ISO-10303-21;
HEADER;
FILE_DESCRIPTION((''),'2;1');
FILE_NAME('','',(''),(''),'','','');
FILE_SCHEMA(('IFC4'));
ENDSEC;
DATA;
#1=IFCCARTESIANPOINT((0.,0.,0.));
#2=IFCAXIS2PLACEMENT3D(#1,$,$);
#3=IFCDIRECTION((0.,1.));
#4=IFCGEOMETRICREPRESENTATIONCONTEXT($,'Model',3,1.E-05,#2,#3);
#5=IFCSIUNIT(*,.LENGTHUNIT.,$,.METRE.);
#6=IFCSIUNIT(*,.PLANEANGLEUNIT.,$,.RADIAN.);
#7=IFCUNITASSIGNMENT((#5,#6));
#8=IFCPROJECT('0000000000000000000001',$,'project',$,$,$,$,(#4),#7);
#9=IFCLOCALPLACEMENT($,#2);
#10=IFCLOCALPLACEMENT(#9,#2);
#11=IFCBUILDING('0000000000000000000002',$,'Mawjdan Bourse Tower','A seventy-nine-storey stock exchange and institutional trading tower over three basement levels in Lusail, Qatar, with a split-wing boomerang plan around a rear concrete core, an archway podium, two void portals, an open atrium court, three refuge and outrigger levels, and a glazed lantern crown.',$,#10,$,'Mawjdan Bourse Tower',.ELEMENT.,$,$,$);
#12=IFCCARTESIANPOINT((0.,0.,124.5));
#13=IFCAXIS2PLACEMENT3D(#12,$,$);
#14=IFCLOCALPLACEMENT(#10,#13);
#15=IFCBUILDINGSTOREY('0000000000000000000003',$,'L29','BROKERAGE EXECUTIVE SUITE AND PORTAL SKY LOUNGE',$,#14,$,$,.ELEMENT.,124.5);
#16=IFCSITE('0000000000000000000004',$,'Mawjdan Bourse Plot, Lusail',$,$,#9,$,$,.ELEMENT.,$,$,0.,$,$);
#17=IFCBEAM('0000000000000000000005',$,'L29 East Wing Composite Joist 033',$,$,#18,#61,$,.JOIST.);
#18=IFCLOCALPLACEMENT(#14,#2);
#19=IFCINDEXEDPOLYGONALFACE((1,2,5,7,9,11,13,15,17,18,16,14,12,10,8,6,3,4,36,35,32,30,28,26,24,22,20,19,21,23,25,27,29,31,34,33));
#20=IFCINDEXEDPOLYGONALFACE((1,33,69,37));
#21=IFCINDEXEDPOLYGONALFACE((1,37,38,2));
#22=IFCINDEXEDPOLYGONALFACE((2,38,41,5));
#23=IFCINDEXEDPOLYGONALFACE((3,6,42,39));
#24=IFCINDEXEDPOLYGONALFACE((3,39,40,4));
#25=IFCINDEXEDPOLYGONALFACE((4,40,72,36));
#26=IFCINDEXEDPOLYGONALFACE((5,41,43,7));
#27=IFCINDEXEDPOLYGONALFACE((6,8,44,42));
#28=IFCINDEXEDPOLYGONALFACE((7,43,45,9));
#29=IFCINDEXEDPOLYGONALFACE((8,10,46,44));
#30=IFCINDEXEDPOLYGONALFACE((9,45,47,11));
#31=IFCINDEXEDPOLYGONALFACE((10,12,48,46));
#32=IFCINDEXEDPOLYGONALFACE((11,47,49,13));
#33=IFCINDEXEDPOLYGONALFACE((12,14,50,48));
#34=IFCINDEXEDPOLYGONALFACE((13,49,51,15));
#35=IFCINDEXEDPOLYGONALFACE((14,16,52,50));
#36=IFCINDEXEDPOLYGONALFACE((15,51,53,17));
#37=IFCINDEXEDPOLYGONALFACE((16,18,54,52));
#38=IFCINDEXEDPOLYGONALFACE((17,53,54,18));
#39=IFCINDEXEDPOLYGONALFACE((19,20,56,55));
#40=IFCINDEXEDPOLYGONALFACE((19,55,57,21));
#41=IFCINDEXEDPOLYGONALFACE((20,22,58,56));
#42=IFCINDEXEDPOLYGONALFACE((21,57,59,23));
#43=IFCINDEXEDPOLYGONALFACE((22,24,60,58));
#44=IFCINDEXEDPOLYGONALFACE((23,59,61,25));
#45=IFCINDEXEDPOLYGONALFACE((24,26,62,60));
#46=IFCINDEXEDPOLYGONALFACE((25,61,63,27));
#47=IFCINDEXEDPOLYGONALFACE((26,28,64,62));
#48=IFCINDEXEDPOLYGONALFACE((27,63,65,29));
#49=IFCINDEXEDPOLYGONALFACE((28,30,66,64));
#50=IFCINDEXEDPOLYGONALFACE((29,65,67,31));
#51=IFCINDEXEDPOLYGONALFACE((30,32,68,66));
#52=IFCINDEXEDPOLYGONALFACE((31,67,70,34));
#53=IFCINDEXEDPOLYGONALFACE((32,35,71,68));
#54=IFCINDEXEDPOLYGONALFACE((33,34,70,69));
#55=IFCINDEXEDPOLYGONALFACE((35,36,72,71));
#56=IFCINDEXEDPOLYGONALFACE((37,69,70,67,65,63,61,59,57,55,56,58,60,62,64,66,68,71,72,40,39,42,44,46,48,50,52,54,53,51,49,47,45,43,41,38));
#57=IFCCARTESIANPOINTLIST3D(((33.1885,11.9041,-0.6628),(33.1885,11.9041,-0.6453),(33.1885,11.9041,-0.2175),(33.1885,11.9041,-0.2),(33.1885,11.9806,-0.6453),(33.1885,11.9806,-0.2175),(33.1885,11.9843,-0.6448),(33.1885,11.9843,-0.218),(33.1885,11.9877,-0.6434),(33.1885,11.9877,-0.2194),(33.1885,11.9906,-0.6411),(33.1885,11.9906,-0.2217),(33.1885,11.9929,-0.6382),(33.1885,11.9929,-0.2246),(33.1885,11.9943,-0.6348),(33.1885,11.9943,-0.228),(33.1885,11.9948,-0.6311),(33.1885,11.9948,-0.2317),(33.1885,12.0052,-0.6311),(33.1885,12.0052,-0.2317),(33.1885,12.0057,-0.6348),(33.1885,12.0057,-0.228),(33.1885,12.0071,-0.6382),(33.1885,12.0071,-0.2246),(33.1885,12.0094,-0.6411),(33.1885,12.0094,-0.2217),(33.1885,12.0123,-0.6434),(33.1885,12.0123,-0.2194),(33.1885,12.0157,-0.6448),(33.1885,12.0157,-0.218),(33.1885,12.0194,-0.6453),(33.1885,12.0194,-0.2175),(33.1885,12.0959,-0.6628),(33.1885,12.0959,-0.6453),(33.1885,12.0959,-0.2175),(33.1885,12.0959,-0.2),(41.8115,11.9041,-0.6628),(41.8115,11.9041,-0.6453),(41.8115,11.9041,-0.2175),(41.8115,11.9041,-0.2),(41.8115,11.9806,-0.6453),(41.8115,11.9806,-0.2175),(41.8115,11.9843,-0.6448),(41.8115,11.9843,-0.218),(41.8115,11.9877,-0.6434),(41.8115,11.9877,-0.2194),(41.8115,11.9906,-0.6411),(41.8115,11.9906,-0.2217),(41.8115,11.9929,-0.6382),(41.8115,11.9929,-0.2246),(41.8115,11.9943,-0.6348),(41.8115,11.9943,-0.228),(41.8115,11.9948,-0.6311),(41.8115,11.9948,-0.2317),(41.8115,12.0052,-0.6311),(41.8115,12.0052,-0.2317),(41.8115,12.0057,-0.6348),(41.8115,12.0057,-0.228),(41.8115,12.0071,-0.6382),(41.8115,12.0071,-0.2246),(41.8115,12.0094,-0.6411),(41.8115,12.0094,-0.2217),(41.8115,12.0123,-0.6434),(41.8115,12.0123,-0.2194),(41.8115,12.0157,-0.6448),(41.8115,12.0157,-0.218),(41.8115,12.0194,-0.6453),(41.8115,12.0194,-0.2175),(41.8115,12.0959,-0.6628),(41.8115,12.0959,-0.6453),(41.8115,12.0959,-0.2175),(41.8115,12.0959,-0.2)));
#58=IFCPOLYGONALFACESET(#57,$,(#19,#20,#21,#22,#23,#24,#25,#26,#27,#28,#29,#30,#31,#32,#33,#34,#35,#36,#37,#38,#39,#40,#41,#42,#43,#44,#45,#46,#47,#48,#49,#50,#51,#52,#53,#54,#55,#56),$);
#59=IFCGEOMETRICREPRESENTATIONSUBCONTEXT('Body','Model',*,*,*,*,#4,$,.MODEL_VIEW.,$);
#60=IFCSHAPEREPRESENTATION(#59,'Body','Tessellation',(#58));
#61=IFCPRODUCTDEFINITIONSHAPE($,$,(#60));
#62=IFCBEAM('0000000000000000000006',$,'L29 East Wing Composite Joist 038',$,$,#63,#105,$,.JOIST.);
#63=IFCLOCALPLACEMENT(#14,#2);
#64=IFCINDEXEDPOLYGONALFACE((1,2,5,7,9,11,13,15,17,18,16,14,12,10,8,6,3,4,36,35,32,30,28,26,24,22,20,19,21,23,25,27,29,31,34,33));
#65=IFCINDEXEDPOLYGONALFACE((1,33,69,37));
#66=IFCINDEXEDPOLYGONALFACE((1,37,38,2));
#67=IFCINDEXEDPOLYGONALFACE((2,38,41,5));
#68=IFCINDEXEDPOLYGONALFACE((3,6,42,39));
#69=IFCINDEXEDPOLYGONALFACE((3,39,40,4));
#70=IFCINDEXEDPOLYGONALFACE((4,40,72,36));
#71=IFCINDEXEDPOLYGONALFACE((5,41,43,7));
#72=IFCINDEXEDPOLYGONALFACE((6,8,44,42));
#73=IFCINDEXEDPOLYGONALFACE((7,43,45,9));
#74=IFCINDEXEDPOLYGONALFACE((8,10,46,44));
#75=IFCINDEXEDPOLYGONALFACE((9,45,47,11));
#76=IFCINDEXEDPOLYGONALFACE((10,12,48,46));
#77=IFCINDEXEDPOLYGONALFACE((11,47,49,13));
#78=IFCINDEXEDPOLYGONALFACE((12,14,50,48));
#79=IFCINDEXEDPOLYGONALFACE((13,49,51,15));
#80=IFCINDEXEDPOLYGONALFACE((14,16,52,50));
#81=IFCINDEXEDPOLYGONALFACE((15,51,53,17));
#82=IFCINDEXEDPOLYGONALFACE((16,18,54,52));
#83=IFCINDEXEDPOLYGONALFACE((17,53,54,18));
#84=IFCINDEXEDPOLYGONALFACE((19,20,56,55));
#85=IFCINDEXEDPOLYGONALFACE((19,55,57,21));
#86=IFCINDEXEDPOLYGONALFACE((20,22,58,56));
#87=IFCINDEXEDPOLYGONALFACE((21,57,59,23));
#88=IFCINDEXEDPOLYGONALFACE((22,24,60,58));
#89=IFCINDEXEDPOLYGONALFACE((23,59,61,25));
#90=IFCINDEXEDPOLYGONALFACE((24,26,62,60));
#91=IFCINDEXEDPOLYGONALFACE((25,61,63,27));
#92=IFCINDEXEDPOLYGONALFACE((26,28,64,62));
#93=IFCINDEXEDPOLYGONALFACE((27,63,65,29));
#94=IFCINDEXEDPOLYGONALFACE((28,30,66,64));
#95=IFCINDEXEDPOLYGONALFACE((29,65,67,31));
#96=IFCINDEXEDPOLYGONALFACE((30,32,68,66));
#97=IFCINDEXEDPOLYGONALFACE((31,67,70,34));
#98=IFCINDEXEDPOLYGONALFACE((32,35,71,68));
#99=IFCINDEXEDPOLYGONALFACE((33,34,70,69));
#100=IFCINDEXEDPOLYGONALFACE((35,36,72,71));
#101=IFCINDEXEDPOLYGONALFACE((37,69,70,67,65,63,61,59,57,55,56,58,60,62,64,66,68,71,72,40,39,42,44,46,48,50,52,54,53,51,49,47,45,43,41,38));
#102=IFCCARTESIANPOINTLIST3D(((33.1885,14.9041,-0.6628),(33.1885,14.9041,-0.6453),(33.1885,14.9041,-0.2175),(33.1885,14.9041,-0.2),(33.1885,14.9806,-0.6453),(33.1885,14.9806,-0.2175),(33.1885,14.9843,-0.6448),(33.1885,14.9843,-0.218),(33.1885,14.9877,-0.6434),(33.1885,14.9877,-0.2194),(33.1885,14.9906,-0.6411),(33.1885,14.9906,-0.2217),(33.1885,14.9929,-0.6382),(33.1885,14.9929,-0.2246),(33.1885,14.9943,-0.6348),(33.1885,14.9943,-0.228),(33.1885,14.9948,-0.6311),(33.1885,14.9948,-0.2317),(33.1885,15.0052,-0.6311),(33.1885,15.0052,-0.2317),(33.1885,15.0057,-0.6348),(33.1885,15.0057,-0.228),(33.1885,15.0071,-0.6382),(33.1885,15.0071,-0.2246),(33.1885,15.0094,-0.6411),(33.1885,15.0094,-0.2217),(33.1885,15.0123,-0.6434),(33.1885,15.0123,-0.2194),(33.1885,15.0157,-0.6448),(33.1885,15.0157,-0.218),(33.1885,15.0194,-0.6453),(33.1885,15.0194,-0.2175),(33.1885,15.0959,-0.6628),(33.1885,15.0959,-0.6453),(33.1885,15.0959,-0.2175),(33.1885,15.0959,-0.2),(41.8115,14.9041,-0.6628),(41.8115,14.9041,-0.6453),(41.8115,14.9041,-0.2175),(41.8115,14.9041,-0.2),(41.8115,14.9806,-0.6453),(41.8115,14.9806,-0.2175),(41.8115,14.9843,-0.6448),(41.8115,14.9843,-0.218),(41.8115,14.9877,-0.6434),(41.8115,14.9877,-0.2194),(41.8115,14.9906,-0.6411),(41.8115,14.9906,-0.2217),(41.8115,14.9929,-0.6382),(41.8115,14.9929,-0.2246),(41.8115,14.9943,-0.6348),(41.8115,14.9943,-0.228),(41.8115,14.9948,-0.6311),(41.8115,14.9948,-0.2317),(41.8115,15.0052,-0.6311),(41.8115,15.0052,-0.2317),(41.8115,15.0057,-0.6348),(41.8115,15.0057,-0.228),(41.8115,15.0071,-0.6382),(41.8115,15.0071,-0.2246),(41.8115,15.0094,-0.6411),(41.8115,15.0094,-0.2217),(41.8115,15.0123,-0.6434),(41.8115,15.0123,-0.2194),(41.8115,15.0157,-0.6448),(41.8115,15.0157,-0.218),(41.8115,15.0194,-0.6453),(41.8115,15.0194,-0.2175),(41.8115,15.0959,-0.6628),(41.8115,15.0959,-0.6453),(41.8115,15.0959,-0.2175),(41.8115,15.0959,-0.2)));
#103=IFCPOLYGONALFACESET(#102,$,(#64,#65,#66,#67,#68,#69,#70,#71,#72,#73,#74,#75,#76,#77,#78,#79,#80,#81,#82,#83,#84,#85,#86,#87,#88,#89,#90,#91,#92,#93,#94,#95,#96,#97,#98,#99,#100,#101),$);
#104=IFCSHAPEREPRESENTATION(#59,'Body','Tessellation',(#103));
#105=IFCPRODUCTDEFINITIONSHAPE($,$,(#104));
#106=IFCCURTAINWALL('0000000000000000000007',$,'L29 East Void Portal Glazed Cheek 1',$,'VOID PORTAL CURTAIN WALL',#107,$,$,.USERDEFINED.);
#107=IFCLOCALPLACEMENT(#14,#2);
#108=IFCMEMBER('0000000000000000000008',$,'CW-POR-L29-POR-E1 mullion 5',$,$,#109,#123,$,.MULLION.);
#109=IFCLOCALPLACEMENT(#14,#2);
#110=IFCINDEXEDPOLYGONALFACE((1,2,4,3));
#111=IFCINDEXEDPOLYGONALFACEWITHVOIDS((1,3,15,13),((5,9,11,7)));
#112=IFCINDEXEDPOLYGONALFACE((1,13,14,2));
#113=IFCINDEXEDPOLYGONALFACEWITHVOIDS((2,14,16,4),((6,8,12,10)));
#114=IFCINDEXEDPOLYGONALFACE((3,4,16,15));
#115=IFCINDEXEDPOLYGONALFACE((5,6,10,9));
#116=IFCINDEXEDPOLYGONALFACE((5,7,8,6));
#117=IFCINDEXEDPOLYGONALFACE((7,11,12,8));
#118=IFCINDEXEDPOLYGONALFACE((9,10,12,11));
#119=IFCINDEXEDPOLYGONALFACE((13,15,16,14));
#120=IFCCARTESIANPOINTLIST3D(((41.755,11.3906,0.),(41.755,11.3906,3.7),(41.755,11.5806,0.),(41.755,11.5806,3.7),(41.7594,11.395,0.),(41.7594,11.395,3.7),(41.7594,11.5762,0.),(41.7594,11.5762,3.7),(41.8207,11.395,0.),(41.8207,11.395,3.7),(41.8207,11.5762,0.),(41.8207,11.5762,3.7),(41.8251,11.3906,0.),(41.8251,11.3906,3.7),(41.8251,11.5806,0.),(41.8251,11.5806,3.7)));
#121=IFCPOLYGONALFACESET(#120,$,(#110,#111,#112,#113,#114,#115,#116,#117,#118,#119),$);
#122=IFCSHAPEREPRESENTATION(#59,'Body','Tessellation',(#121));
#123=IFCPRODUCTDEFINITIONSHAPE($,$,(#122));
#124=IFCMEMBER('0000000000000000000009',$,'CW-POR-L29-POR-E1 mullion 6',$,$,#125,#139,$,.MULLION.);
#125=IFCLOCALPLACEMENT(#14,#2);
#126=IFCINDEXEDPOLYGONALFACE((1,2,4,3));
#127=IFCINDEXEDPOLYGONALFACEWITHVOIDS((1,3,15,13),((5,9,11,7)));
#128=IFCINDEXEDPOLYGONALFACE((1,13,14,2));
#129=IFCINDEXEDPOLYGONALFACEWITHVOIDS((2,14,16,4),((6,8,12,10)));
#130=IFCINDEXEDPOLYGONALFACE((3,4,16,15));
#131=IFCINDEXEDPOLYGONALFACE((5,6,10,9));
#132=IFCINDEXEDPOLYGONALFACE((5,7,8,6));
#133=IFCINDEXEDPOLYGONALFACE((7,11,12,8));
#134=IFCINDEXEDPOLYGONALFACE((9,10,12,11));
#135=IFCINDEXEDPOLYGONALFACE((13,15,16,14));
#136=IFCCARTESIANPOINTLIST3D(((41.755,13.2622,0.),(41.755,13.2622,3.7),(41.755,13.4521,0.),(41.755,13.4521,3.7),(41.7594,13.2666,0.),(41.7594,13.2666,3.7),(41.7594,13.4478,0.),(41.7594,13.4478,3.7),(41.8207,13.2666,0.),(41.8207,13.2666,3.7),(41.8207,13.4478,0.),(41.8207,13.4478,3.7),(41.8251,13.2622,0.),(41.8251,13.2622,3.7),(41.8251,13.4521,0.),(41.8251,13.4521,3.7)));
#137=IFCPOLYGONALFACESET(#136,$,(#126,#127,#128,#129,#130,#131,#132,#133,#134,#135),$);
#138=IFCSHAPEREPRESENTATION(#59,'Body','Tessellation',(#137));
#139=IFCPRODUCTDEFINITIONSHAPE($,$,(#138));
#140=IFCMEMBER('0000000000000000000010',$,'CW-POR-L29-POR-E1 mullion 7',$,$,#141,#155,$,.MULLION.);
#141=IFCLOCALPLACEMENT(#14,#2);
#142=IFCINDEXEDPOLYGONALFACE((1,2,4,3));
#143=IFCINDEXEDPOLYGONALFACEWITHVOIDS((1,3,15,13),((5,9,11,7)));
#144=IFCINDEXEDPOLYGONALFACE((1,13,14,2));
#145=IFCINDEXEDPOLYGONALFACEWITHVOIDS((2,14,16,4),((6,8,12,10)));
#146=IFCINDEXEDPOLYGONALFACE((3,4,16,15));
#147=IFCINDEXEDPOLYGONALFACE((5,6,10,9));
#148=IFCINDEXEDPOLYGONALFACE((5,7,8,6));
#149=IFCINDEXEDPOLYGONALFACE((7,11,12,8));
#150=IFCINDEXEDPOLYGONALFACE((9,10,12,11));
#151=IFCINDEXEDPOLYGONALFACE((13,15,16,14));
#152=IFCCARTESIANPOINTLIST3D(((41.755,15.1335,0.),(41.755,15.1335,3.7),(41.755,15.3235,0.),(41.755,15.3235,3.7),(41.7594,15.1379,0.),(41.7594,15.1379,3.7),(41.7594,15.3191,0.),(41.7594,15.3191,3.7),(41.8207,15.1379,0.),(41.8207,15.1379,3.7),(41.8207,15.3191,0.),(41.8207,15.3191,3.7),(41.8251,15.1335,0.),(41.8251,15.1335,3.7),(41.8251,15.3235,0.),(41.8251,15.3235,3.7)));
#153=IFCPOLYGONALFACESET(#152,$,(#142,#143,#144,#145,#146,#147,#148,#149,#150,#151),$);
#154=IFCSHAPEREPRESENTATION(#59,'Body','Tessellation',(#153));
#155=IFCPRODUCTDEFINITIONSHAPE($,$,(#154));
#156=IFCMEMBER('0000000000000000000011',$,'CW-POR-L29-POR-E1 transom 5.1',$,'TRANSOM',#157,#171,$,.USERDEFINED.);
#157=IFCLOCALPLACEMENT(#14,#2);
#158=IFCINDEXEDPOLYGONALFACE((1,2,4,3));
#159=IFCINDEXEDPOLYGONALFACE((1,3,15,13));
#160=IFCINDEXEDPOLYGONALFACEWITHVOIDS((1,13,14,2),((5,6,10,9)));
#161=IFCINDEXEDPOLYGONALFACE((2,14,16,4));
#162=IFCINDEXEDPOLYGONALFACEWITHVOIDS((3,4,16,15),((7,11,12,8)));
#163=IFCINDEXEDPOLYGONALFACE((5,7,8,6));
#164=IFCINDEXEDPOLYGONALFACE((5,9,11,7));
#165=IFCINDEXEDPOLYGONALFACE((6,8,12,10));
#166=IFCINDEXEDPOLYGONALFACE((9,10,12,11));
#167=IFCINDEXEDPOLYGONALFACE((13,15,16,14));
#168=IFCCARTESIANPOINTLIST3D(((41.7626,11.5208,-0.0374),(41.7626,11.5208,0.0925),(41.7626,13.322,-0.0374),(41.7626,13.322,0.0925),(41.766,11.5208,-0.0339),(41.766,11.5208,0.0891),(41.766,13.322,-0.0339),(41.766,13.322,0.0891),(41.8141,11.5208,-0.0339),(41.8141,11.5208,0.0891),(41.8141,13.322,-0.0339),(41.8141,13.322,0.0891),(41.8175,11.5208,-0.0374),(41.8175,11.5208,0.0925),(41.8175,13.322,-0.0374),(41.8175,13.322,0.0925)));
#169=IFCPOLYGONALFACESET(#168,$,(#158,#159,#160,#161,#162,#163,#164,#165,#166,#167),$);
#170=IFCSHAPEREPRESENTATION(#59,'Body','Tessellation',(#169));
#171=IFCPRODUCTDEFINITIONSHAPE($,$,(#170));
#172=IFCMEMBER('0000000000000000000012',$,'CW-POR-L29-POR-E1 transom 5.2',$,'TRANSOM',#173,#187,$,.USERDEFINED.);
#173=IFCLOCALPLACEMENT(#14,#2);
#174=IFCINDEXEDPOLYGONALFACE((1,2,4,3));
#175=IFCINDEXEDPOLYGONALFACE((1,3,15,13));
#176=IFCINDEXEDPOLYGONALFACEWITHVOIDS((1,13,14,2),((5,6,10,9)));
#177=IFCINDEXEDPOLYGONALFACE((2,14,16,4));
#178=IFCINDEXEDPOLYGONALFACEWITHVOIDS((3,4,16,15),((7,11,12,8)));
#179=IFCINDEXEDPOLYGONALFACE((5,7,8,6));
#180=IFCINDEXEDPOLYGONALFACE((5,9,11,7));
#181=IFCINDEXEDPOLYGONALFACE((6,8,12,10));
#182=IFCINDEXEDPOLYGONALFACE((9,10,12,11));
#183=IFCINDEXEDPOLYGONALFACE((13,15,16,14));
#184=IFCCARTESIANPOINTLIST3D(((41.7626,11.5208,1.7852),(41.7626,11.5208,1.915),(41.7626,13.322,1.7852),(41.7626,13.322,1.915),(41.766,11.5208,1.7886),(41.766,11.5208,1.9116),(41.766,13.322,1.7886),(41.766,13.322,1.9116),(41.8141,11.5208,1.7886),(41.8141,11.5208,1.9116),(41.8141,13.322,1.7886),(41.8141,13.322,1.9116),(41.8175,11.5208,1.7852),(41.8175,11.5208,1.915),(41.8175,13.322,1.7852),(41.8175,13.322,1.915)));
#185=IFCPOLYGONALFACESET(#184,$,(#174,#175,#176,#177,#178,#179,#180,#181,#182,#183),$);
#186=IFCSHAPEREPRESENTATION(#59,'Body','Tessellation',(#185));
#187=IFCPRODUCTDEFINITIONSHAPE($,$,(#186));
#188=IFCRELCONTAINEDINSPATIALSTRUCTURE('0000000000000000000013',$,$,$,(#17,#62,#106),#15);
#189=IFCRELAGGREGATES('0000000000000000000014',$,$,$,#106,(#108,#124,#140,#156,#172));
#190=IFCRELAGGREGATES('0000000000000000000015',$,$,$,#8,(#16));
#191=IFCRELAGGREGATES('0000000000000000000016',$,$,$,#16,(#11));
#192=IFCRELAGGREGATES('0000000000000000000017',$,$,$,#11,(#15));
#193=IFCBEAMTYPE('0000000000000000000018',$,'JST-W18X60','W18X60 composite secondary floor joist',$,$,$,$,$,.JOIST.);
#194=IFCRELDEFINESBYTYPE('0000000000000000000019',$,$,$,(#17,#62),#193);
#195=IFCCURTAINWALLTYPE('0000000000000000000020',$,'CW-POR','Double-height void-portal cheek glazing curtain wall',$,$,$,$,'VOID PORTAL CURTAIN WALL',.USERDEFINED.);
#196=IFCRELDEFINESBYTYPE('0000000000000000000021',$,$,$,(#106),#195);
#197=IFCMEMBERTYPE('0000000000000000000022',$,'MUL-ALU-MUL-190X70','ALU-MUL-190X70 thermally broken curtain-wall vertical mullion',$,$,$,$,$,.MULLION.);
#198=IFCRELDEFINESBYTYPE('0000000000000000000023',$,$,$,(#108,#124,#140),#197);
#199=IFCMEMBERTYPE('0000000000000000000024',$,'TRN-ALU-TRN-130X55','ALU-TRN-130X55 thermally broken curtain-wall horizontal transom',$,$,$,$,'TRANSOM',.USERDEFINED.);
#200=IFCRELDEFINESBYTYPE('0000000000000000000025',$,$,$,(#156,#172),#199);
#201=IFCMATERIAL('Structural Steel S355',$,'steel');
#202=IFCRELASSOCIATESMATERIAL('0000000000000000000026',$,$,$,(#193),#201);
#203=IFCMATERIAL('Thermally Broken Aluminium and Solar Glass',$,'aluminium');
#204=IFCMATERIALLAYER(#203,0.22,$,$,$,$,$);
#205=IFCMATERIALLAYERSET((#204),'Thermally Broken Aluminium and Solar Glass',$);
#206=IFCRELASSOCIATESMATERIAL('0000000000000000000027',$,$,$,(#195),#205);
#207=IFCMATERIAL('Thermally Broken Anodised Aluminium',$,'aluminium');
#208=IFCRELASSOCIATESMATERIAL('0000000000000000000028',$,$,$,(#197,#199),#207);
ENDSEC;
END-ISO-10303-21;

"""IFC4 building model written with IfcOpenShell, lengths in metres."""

from ifc_helpers import new_model, si_unit, direction, frame, origin, origin_2d, place, context, subcontext, project, spatial, hollow_rectangle, i_section, extrude, material, layer, layer_set, material_profile, profile_set, type_object, element, aggregate, save


model = new_model("IFC4")

# Units and contexts
model_context = context("Model", 3, precision=1e-05, world=origin(), true_north=direction((0.0, 1.0)))
body_context = subcontext(model_context, "Body", "Model", "MODEL_VIEW")
ifc_project = project(units=[si_unit("LENGTHUNIT", "METRE"), si_unit("PLANEANGLEUNIT", "RADIAN")], contexts=[model_context])

# Site, building, storey
site_placement = place(None, origin())
site = spatial("IfcSite", under=ifc_project, at=site_placement, Name="Mawjdan Bourse Plot, Lusail", CompositionType="ELEMENT", RefElevation=0.0)
building_placement = place(site_placement, origin())
building = spatial("IfcBuilding", under=site, at=building_placement, Name="Mawjdan Bourse Tower", Description="A seventy-nine-storey stock exchange and institutional trading tower over three basement levels in Lusail, Qatar, with a split-wing boomerang plan around a rear concrete core, an archway podium, two void portals, an open atrium court, three refuge and outrigger levels, and a glazed lantern crown.", LongName="Mawjdan Bourse Tower", CompositionType="ELEMENT")
storey_placement = place(building_placement, frame((0.0, 0.0, 124.5)))
storey = spatial("IfcBuildingStorey", under=building, at=storey_placement, Name="L29", Description="BROKERAGE EXECUTIVE SUITE AND PORTAL SKY LOUNGE", CompositionType="ELEMENT", Elevation=124.5)

# Beams
ifc_material_1 = material(Name="Structural Steel S355", Category="steel")
ifc_material_profile_1 = material_profile(ifc_material_1, i_section(OverallWidth=0.1919, OverallDepth=0.4629, WebThickness=0.0105, FlangeThickness=0.0176, FilletRadius=0.0142, at=origin_2d()), Name="W18X60")
ifc_profile_set_1 = profile_set([ifc_material_profile_1], Name="Structural Steel S355")
beam_type = type_object("IfcBeamType", Name="JST-W18X60", Description="W18X60 composite secondary floor joist", PredefinedType="JOIST", material=ifc_profile_set_1)
for number, where, z_axis, x_axis, name in (
    (1, (33.1885, 12.0, -0.4314), (1.0, 0.0, 0.0), (0.0, 1.0, 0.0), "L29 East Wing Composite Joist 033"),
    (2, (33.1885, 15.0, -0.4314), (1.0, 0.0, 0.0), (0.0, 1.0, 0.0), "L29 East Wing Composite Joist 038"),
):
    element("IfcBeam", number, at=place(storey_placement, frame(where, z_axis=z_axis, x_axis=x_axis)), inside=storey, type_object=beam_type, Name=name, PredefinedType="JOIST", context=body_context, shape_type="SweptSolid", body=[
        extrude(i_section(OverallWidth=0.1919, OverallDepth=0.4629, WebThickness=0.0105, FlangeThickness=0.0176, FilletRadius=0.0142, at=origin_2d()), origin(), (0.0, 0.0, 1.0), 8.623),
    ])

# Curtain wall, members
ifc_material_2 = material(Name="Thermally Broken Aluminium and Solar Glass", Category="aluminium")
ifc_layer_1 = layer(ifc_material_2, 0.22)
ifc_layer_set_1 = layer_set([ifc_layer_1], Name="Thermally Broken Aluminium and Solar Glass")
curtain_wall_type = type_object("IfcCurtainWallType", Name="CW-POR", Description="Double-height void-portal cheek glazing curtain wall", ElementType="VOID PORTAL CURTAIN WALL", PredefinedType="USERDEFINED", material=ifc_layer_set_1)
curtain_wall_placement = place(storey_placement, origin())
curtain_wall = element("IfcCurtainWall", 3, at=curtain_wall_placement, inside=storey, type_object=curtain_wall_type, Name="L29 East Void Portal Glazed Cheek 1", ObjectType="VOID PORTAL CURTAIN WALL", PredefinedType="USERDEFINED")
ifc_material_3 = material(Name="Thermally Broken Anodised Aluminium", Category="aluminium")
ifc_material_profile_2 = material_profile(ifc_material_3, hollow_rectangle(XDim=0.0701, YDim=0.1899, WallThickness=0.0044, at=origin_2d()), Name="ALU-MUL-190X70")
ifc_profile_set_2 = profile_set([ifc_material_profile_2], Name="Thermally Broken Anodised Aluminium")
member_type_1 = type_object("IfcMemberType", Name="MUL-ALU-MUL-190X70", Description="ALU-MUL-190X70 thermally broken curtain-wall vertical mullion", PredefinedType="MULLION", material=ifc_profile_set_2)
member_1_placement = place(storey_placement, frame((41.79, 11.4856, 0.0), z_axis=(0.0, 0.0, 1.0), x_axis=(-1.0, 0.0, 0.0)))
member_1 = element("IfcMember", 4, at=member_1_placement, type_object=member_type_1, Name="CW-POR-L29-POR-E1 mullion 5", PredefinedType="MULLION", context=body_context, shape_type="SweptSolid", body=[
    extrude(hollow_rectangle(XDim=0.0701, YDim=0.1899, WallThickness=0.0044, at=origin_2d()), origin(), (0.0, 0.0, 1.0), 3.7),
])
member_2_placement = place(storey_placement, frame((41.79, 13.3572, 0.0), z_axis=(0.0, 0.0, 1.0), x_axis=(-1.0, 0.0, 0.0)))
member_2 = element("IfcMember", 5, at=member_2_placement, type_object=member_type_1, Name="CW-POR-L29-POR-E1 mullion 6", PredefinedType="MULLION", context=body_context, shape_type="SweptSolid", body=[
    extrude(hollow_rectangle(XDim=0.0701, YDim=0.1899, WallThickness=0.0044, at=origin_2d()), origin(), (0.0, 0.0, 1.0), 3.7),
])
member_3_placement = place(storey_placement, frame((41.79, 15.2285, 0.0), z_axis=(0.0, 0.0, 1.0), x_axis=(-1.0, 0.0, 0.0)))
member_3 = element("IfcMember", 6, at=member_3_placement, type_object=member_type_1, Name="CW-POR-L29-POR-E1 mullion 7", PredefinedType="MULLION", context=body_context, shape_type="SweptSolid", body=[
    extrude(hollow_rectangle(XDim=0.0701, YDim=0.1899, WallThickness=0.0044, at=origin_2d()), origin(), (0.0, 0.0, 1.0), 3.7),
])
ifc_material_profile_3 = material_profile(ifc_material_3, hollow_rectangle(XDim=0.0549, YDim=0.1299, WallThickness=0.0034, at=origin_2d()), Name="ALU-TRN-130X55")
ifc_profile_set_3 = profile_set([ifc_material_profile_3], Name="Thermally Broken Anodised Aluminium")
member_type_2 = type_object("IfcMemberType", Name="TRN-ALU-TRN-130X55", Description="ALU-TRN-130X55 thermally broken curtain-wall horizontal transom", ElementType="TRANSOM", PredefinedType="USERDEFINED", material=ifc_profile_set_3)
member_4_placement = place(storey_placement, frame((41.79, 11.5208, 0.0276), z_axis=(0.0, 1.0, 0.0), x_axis=(-1.0, 0.0, 0.0)))
member_4 = element("IfcMember", 7, at=member_4_placement, type_object=member_type_2, Name="CW-POR-L29-POR-E1 transom 5.1", ObjectType="TRANSOM", PredefinedType="USERDEFINED", context=body_context, shape_type="SweptSolid", body=[
    extrude(hollow_rectangle(XDim=0.0549, YDim=0.1299, WallThickness=0.0034, at=origin_2d()), origin(), (0.0, 0.0, 1.0), 1.8013),
])
member_5_placement = place(storey_placement, frame((41.79, 11.5208, 1.8501), z_axis=(0.0, 1.0, 0.0), x_axis=(-1.0, 0.0, 0.0)))
member_5 = element("IfcMember", 8, at=member_5_placement, type_object=member_type_2, Name="CW-POR-L29-POR-E1 transom 5.2", ObjectType="TRANSOM", PredefinedType="USERDEFINED", context=body_context, shape_type="SweptSolid", body=[
    extrude(hollow_rectangle(XDim=0.0549, YDim=0.1299, WallThickness=0.0034, at=origin_2d()), origin(), (0.0, 0.0, 1.0), 1.8013),
])
aggregate(curtain_wall, [member_1, member_2, member_3, member_4, member_5])

save(model, "model.ifc")
